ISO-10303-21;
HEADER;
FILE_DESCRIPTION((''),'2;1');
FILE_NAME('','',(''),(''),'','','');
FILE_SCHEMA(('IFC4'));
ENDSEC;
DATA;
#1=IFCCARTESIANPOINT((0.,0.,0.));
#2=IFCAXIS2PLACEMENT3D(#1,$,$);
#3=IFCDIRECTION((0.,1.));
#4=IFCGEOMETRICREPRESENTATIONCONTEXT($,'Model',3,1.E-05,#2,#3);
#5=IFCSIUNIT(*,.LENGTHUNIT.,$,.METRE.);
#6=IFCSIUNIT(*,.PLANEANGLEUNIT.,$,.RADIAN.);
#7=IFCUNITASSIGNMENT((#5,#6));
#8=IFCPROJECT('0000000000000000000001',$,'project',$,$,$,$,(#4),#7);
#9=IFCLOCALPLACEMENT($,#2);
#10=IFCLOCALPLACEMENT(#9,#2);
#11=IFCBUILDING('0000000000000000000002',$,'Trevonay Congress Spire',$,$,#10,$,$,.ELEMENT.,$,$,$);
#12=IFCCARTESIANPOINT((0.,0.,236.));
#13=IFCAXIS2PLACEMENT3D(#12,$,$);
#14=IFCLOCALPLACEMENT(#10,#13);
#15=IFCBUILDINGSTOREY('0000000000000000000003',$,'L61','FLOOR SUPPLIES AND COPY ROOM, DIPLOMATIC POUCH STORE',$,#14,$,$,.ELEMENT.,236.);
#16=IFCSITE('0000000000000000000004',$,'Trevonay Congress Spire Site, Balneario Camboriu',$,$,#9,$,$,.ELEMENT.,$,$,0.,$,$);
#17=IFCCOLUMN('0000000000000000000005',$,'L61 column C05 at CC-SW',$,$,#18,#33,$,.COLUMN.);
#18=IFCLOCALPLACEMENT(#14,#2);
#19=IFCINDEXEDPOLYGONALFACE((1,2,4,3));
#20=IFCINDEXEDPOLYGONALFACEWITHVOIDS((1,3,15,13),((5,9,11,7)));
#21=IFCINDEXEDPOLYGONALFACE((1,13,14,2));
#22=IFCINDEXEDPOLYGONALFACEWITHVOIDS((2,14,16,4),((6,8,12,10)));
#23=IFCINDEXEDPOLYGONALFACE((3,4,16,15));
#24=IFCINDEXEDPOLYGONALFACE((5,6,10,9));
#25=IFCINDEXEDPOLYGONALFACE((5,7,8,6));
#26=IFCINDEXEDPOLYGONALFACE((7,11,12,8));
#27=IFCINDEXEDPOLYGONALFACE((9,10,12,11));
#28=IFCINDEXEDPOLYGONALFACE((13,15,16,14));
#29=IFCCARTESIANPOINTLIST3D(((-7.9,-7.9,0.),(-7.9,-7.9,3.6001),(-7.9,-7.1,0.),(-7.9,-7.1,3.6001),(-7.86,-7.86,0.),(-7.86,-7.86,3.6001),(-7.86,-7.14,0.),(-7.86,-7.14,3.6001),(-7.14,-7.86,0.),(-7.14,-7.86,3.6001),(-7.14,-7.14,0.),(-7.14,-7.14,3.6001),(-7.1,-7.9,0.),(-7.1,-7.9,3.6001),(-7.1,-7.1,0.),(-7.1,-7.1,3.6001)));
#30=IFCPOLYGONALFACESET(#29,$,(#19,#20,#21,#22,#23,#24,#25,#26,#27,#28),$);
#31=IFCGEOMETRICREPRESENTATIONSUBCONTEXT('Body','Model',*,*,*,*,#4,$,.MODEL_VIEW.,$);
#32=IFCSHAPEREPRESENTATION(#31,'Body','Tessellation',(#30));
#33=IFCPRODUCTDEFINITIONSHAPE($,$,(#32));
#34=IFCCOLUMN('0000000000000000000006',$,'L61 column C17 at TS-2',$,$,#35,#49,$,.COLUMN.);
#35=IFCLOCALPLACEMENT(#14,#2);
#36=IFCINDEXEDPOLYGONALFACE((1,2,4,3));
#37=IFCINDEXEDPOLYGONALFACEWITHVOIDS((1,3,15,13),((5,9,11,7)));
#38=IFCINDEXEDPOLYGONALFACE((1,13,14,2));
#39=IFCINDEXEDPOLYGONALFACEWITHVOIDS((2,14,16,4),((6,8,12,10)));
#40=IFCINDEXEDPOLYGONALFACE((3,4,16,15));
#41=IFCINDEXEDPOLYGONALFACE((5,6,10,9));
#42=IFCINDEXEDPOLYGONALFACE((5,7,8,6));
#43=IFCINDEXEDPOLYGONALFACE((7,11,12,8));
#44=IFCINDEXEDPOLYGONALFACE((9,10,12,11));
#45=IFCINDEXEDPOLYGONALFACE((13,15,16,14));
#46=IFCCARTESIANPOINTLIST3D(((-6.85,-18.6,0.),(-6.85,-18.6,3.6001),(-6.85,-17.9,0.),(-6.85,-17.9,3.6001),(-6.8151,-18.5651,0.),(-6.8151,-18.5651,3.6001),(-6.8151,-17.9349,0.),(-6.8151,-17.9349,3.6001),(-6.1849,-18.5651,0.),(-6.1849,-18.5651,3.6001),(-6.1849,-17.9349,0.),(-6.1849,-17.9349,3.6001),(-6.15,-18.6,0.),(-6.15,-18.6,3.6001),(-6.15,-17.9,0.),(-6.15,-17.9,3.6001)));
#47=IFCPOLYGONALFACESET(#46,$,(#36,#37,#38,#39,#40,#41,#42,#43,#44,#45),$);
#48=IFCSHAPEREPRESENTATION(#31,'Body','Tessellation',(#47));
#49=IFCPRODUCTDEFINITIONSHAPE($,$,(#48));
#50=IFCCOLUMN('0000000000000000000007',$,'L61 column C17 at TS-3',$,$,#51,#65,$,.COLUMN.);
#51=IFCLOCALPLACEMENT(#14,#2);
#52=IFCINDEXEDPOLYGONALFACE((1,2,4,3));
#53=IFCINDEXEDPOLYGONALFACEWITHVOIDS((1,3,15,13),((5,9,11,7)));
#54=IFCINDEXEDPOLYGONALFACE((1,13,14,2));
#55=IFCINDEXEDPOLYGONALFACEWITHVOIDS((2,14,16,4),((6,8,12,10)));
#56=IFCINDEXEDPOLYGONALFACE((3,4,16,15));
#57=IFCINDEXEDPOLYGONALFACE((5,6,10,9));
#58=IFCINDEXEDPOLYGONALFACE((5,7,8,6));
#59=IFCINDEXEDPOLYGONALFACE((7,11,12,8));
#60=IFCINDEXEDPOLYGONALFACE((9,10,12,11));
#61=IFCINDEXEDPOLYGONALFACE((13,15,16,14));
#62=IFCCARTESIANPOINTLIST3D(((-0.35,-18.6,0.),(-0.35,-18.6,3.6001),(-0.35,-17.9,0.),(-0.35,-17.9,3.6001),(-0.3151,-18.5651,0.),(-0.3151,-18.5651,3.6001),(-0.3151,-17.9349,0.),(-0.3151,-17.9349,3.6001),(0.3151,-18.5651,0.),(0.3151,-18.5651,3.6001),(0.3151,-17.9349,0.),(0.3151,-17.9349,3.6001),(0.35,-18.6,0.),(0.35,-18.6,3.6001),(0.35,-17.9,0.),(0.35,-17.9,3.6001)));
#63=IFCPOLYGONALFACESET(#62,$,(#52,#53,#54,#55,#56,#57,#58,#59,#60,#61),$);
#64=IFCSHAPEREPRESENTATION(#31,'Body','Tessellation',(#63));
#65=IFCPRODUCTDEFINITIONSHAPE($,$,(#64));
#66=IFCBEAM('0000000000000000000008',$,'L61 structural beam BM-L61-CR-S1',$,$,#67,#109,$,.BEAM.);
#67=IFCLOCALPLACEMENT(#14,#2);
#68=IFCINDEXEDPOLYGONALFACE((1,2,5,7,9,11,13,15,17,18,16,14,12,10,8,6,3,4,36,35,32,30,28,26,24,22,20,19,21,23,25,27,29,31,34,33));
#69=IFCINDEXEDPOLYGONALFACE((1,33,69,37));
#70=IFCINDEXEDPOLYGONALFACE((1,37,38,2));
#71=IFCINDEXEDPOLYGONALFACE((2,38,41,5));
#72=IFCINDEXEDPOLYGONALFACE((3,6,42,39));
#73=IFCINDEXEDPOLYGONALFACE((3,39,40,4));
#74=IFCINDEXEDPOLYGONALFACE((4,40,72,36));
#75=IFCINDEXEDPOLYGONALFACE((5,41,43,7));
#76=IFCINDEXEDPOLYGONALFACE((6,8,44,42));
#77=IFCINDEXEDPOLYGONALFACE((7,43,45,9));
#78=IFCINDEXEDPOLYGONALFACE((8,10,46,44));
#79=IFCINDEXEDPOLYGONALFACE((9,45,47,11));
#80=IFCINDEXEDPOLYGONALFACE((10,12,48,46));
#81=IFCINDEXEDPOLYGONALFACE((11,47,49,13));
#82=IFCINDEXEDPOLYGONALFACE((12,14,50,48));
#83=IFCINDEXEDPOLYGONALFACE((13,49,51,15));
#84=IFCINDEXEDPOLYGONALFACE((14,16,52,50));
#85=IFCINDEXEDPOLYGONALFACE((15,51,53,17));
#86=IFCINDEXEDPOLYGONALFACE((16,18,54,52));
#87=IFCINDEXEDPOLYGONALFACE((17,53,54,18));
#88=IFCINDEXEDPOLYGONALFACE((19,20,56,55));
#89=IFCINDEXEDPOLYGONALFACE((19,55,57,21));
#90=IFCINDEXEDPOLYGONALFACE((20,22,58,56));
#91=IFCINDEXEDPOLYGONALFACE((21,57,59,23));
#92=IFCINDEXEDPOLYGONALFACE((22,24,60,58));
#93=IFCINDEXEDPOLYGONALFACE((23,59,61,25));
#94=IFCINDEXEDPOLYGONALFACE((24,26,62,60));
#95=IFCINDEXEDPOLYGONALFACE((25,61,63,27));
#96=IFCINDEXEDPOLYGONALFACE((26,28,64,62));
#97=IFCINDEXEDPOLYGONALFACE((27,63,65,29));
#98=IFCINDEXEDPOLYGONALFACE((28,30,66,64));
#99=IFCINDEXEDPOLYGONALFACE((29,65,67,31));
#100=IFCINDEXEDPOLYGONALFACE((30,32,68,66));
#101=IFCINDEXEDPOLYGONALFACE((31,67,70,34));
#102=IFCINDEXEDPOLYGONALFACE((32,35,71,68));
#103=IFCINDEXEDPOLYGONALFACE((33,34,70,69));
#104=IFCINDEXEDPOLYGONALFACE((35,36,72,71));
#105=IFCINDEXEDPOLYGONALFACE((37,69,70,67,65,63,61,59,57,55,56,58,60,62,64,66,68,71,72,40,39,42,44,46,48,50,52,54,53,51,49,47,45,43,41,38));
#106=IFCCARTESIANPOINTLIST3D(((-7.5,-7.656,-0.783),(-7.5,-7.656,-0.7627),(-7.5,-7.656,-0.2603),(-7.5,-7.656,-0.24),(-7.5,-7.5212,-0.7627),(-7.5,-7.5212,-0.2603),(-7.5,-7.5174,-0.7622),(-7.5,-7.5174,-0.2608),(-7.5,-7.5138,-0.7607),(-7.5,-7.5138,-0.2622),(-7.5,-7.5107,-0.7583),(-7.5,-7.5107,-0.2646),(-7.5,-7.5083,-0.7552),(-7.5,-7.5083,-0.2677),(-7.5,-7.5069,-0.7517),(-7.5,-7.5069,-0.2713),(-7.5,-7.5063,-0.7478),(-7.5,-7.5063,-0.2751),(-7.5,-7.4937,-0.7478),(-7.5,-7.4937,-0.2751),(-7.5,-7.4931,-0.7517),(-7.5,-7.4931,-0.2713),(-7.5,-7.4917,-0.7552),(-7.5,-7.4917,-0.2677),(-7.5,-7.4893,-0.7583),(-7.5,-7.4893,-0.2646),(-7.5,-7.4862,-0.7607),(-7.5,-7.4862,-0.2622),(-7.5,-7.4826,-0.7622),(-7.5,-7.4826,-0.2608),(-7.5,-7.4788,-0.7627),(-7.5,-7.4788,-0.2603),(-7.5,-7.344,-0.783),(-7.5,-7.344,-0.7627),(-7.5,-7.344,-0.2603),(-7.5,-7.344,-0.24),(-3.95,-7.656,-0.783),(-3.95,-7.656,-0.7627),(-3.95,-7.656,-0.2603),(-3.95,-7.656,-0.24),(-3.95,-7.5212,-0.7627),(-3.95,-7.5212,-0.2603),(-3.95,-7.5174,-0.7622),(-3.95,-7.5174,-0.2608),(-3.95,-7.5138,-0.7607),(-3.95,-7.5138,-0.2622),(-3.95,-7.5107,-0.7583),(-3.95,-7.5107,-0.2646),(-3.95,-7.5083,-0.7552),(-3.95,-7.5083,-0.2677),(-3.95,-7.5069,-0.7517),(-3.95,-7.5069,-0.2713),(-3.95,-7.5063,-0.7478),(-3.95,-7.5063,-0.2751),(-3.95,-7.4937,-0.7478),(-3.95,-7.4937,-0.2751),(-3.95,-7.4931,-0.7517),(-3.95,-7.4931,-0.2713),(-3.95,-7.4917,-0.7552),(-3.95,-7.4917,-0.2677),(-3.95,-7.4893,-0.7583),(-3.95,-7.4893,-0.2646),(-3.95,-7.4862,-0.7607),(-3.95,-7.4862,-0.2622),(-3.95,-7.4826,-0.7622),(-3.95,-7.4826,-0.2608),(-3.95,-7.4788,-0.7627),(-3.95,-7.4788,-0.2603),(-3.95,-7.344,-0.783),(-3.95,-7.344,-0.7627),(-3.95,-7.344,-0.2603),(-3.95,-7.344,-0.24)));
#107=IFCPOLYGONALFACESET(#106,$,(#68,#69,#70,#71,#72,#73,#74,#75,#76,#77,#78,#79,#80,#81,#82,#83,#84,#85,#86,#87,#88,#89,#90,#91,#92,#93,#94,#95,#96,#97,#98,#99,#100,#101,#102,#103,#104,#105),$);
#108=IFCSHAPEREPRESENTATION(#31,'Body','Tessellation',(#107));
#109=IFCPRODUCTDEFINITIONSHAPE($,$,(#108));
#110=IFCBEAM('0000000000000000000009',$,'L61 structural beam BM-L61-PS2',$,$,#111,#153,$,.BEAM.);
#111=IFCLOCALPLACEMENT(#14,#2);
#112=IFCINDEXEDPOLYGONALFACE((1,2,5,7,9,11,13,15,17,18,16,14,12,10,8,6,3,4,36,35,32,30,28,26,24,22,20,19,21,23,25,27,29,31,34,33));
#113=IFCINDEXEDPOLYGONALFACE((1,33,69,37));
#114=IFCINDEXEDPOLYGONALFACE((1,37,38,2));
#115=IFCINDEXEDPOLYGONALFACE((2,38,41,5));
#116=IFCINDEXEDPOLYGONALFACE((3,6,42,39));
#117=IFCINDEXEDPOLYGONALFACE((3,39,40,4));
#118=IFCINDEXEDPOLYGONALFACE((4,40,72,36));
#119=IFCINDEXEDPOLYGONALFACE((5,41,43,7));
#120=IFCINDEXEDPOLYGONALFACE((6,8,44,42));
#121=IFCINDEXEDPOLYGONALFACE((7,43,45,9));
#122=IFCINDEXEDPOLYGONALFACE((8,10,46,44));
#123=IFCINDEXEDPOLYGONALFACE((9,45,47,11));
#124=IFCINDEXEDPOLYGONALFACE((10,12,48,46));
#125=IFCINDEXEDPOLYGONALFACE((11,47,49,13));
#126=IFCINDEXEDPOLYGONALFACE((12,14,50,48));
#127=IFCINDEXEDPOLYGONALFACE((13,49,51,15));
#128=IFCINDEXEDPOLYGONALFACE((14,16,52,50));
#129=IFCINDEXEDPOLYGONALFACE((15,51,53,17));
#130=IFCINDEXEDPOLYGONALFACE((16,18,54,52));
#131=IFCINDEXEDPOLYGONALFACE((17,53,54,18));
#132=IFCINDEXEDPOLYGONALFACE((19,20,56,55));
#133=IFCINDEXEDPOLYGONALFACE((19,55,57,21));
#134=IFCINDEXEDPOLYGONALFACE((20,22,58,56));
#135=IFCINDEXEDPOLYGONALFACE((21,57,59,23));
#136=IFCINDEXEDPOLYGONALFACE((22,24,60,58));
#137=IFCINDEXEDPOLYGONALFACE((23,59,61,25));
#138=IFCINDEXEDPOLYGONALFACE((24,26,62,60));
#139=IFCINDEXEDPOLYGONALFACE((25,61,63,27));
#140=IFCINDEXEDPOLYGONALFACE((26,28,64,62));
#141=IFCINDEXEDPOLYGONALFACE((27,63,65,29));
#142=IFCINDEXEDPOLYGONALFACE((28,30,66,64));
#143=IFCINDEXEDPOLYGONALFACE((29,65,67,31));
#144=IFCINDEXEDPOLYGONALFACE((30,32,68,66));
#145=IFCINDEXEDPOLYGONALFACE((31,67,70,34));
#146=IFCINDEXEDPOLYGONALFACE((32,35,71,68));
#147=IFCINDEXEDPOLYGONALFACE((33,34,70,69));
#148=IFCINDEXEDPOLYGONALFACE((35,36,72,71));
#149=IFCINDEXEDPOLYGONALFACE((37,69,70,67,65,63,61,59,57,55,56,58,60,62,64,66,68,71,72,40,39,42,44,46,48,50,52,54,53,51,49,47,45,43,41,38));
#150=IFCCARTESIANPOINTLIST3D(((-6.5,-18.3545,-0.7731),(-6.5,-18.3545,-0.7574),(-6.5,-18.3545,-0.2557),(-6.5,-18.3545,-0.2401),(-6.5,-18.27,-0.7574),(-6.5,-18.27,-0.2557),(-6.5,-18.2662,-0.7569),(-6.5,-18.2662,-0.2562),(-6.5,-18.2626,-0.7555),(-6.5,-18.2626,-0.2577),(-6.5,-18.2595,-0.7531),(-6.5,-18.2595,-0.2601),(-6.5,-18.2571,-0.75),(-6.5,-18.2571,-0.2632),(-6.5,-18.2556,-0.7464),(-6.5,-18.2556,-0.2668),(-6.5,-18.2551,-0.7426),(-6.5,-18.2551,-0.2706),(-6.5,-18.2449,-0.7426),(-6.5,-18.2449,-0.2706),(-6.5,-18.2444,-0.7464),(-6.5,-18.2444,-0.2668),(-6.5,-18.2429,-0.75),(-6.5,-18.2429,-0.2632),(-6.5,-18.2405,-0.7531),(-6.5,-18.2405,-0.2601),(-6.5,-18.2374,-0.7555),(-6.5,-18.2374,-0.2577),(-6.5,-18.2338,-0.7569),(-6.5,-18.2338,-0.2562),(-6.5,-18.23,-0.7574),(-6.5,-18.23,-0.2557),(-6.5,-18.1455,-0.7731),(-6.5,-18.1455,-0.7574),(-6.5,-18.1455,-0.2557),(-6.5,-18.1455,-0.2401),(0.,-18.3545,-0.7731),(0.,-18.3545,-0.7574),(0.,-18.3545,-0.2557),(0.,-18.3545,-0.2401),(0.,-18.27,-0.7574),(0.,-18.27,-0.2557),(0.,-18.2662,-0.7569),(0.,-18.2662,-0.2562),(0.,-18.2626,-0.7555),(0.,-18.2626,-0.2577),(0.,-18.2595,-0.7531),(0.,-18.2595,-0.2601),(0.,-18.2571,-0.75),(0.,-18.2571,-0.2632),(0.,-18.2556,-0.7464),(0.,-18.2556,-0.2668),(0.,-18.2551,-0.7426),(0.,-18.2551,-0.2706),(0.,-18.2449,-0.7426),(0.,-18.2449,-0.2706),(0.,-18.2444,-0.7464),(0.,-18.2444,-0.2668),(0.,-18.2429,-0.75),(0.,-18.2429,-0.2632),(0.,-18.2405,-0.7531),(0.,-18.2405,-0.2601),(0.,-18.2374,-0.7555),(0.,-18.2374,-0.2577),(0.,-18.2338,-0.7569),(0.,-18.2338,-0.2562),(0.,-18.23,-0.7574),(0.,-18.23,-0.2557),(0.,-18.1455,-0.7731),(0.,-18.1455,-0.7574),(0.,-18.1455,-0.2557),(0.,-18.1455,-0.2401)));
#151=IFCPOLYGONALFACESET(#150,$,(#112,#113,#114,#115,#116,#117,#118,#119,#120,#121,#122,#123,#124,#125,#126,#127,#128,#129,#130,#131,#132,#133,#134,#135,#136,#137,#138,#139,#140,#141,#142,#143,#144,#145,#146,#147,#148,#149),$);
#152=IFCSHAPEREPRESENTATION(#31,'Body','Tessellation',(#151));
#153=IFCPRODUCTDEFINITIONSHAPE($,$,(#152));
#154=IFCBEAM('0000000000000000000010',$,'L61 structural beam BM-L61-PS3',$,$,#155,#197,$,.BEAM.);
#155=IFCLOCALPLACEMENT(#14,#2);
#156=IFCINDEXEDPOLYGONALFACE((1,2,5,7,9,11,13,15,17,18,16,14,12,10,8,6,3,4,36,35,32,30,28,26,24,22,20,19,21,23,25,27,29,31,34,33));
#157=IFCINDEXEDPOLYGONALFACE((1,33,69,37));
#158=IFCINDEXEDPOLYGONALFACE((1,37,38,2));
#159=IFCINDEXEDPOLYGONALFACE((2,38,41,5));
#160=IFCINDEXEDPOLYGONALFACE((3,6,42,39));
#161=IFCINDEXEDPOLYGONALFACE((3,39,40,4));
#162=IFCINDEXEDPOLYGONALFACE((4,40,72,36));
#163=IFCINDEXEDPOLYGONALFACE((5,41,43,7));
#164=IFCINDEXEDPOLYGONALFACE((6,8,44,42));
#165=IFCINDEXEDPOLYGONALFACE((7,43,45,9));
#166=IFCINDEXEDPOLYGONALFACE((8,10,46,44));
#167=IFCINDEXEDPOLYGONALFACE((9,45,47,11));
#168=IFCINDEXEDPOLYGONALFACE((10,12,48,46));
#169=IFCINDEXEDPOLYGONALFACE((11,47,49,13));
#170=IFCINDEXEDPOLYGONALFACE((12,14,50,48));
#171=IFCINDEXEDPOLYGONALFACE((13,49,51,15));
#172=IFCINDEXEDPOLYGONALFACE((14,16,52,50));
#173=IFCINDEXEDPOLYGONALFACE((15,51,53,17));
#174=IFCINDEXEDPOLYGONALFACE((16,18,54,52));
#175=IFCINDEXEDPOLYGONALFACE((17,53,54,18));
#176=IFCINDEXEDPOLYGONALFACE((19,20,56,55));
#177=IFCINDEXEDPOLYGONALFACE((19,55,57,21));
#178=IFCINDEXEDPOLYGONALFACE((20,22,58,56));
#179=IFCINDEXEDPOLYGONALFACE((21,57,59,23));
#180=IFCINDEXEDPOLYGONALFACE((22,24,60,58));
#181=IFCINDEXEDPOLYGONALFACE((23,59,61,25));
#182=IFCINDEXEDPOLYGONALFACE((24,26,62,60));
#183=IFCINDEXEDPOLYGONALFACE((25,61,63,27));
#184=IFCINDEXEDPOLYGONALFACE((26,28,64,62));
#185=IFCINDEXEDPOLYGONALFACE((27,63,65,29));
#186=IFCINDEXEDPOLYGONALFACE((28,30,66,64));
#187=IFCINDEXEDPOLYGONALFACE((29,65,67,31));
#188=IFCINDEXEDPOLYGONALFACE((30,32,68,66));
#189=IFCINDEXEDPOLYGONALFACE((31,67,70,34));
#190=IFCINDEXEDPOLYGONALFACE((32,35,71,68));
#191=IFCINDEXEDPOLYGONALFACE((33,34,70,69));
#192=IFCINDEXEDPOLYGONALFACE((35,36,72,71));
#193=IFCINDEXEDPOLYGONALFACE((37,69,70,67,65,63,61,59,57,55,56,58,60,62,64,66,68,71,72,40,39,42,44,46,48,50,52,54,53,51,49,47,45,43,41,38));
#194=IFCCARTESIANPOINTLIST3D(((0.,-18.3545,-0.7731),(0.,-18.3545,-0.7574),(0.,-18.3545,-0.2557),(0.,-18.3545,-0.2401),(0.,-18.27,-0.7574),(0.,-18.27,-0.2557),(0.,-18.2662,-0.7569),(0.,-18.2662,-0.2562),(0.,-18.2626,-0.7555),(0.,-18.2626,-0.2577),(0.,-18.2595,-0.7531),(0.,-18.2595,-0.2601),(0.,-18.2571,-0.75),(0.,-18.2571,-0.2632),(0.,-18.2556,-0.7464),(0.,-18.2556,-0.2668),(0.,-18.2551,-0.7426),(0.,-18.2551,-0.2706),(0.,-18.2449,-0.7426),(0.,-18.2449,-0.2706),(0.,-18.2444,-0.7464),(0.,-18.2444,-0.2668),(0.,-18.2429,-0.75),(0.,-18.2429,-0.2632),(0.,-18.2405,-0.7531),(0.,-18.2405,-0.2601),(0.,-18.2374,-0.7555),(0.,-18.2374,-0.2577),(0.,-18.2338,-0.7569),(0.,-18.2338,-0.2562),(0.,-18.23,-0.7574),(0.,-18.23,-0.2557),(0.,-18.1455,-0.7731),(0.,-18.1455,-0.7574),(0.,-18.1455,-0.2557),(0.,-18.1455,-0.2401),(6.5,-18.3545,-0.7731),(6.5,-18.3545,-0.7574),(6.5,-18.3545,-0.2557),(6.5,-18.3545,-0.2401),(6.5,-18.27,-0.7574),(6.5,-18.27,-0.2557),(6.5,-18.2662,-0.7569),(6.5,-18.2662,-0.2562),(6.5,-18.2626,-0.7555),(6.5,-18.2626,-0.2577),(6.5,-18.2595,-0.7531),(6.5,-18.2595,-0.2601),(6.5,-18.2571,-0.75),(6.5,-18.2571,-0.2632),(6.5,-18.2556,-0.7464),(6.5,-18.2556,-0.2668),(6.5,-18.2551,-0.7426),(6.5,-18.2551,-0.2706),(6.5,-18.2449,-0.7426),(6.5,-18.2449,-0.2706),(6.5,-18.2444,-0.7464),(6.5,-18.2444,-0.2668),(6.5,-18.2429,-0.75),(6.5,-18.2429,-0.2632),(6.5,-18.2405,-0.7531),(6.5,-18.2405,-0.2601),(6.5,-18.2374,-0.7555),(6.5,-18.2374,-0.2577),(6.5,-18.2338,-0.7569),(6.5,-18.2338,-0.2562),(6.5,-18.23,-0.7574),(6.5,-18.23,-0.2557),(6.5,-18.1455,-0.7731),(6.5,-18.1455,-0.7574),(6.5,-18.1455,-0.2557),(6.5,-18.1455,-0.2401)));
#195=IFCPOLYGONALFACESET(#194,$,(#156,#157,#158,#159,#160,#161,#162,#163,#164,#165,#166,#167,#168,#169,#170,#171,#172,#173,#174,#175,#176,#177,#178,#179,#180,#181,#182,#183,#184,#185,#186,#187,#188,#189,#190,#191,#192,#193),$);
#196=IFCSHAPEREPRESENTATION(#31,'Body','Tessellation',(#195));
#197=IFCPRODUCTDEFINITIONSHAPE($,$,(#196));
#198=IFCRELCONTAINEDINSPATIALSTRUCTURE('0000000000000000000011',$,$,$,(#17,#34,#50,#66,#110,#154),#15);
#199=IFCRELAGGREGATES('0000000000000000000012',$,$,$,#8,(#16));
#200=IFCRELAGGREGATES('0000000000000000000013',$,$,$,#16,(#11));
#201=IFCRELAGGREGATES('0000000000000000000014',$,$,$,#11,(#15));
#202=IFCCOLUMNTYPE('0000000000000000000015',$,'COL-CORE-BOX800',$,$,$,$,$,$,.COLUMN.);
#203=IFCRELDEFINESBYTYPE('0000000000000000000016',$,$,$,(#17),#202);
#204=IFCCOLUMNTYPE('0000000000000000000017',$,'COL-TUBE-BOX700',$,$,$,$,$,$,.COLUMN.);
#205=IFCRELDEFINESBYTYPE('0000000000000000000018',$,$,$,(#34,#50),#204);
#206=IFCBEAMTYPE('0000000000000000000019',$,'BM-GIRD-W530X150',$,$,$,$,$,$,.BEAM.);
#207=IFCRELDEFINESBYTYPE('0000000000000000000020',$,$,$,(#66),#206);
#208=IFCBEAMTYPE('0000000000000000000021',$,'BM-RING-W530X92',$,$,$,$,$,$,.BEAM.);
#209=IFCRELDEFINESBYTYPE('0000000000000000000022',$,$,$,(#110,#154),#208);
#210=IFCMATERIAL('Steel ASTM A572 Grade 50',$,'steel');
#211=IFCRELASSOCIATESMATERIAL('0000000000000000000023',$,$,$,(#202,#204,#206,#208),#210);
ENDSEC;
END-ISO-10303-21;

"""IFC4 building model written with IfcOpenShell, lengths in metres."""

from ifc_helpers import new_model, si_unit, direction, frame, origin, origin_2d, place, context, subcontext, project, spatial, hollow_rectangle, i_section, extrude, material, material_profile, profile_set, type_object, element, save


model = new_model("IFC4")

# Units and contexts
model_context = context("Model", 3, precision=1e-05, world=origin(), true_north=direction((0.0, 1.0)))
body_context = subcontext(model_context, "Body", "Model", "MODEL_VIEW")
ifc_project = project(units=[si_unit("LENGTHUNIT", "METRE"), si_unit("PLANEANGLEUNIT", "RADIAN")], contexts=[model_context])

# Site, building, storey
site_placement = place(None, origin())
site = spatial("IfcSite", under=ifc_project, at=site_placement, Name="Trevonay Congress Spire Site, Balneario Camboriu", CompositionType="ELEMENT", RefElevation=0.0)
building_placement = place(site_placement, origin())
building = spatial("IfcBuilding", under=site, at=building_placement, Name="Trevonay Congress Spire", CompositionType="ELEMENT")
storey_placement = place(building_placement, frame((0.0, 0.0, 236.0)))
storey = spatial("IfcBuildingStorey", under=building, at=storey_placement, Name="L61", Description="FLOOR SUPPLIES AND COPY ROOM, DIPLOMATIC POUCH STORE", CompositionType="ELEMENT", Elevation=236.0)

# Columns
ifc_material_1 = material(Name="Steel ASTM A572 Grade 50", Category="steel")
ifc_material_profile_1 = material_profile(ifc_material_1, hollow_rectangle(XDim=0.8, YDim=0.8, WallThickness=0.04, at=origin_2d()), Name="BOX 800x800x40")
ifc_profile_set_1 = profile_set([ifc_material_profile_1], Name="Steel ASTM A572 Grade 50")
column_type_1 = type_object("IfcColumnType", Name="COL-CORE-BOX800", PredefinedType="COLUMN", material=ifc_profile_set_1)
column_placement = place(storey_placement, frame((-7.5, -7.5, 0.0), z_axis=(0.0, 0.0, 1.0), x_axis=(1.0, 0.0, 0.0)))
element("IfcColumn", 1, at=column_placement, inside=storey, type_object=column_type_1, Name="L61 column C05 at CC-SW", PredefinedType="COLUMN", context=body_context, shape_type="SweptSolid", body=[
    extrude(hollow_rectangle(XDim=0.8, YDim=0.8, WallThickness=0.04, at=origin_2d()), origin(), (0.0, 0.0, 1.0), 3.6001),
])
ifc_material_profile_2 = material_profile(ifc_material_1, hollow_rectangle(XDim=0.7, YDim=0.7, WallThickness=0.0349, at=origin_2d()), Name="BOX 700x700x35")
ifc_profile_set_2 = profile_set([ifc_material_profile_2], Name="Steel ASTM A572 Grade 50")
column_type_2 = type_object("IfcColumnType", Name="COL-TUBE-BOX700", PredefinedType="COLUMN", material=ifc_profile_set_2)
for number, where, z_axis, x_axis, name in (
    (2, (-6.5, -18.25, 0.0), (0.0, 0.0, 1.0), (1.0, 0.0, 0.0), "L61 column C17 at TS-2"),
    (3, (0.0, -18.25, 0.0), (0.0, 0.0, 1.0), (1.0, 0.0, 0.0), "L61 column C17 at TS-3"),
):
    element("IfcColumn", number, at=place(storey_placement, frame(where, z_axis=z_axis, x_axis=x_axis)), inside=storey, type_object=column_type_2, Name=name, PredefinedType="COLUMN", context=body_context, shape_type="SweptSolid", body=[
        extrude(hollow_rectangle(XDim=0.7, YDim=0.7, WallThickness=0.0349, at=origin_2d()), origin(), (0.0, 0.0, 1.0), 3.6001),
    ])

# Beams
ifc_material_profile_3 = material_profile(ifc_material_1, i_section(OverallWidth=0.312, OverallDepth=0.543, WebThickness=0.0127, FlangeThickness=0.0203, FilletRadius=0.0149, at=origin_2d()), Name="W530x150")
ifc_profile_set_3 = profile_set([ifc_material_profile_3], Name="Steel ASTM A572 Grade 50")
beam_type_1 = type_object("IfcBeamType", Name="BM-GIRD-W530X150", PredefinedType="BEAM", material=ifc_profile_set_3)
beam_placement = place(storey_placement, frame((-7.5, -7.5, -0.5115), z_axis=(1.0, 0.0, 0.0), x_axis=(0.0, 1.0, 0.0)))
element("IfcBeam", 4, at=beam_placement, inside=storey, type_object=beam_type_1, Name="L61 structural beam BM-L61-CR-S1", PredefinedType="BEAM", context=body_context, shape_type="SweptSolid", body=[
    extrude(i_section(OverallWidth=0.312, OverallDepth=0.543, WebThickness=0.0127, FlangeThickness=0.0203, FilletRadius=0.0149, at=origin_2d()), origin(), (0.0, 0.0, 1.0), 3.55),
])
ifc_material_profile_4 = material_profile(ifc_material_1, i_section(OverallWidth=0.209, OverallDepth=0.533, WebThickness=0.0103, FlangeThickness=0.0156, FilletRadius=0.0149, at=origin_2d()), Name="W530x92")
ifc_profile_set_4 = profile_set([ifc_material_profile_4], Name="Steel ASTM A572 Grade 50")
beam_type_2 = type_object("IfcBeamType", Name="BM-RING-W530X92", PredefinedType="BEAM", material=ifc_profile_set_4)
for number, where, z_axis, x_axis, name in (
    (5, (-6.5, -18.25, -0.5066), (1.0, 0.0, 0.0), (0.0, 1.0, 0.0), "L61 structural beam BM-L61-PS2"),
    (6, (0.0, -18.25, -0.5066), (1.0, 0.0, 0.0), (0.0, 1.0, 0.0), "L61 structural beam BM-L61-PS3"),
):
    element("IfcBeam", number, at=place(storey_placement, frame(where, z_axis=z_axis, x_axis=x_axis)), inside=storey, type_object=beam_type_2, Name=name, PredefinedType="BEAM", context=body_context, shape_type="SweptSolid", body=[
        extrude(i_section(OverallWidth=0.209, OverallDepth=0.533, WebThickness=0.0103, FlangeThickness=0.0156, FilletRadius=0.0149, at=origin_2d()), origin(), (0.0, 0.0, 1.0), 6.5),
    ])

save(model, "model.ifc")
